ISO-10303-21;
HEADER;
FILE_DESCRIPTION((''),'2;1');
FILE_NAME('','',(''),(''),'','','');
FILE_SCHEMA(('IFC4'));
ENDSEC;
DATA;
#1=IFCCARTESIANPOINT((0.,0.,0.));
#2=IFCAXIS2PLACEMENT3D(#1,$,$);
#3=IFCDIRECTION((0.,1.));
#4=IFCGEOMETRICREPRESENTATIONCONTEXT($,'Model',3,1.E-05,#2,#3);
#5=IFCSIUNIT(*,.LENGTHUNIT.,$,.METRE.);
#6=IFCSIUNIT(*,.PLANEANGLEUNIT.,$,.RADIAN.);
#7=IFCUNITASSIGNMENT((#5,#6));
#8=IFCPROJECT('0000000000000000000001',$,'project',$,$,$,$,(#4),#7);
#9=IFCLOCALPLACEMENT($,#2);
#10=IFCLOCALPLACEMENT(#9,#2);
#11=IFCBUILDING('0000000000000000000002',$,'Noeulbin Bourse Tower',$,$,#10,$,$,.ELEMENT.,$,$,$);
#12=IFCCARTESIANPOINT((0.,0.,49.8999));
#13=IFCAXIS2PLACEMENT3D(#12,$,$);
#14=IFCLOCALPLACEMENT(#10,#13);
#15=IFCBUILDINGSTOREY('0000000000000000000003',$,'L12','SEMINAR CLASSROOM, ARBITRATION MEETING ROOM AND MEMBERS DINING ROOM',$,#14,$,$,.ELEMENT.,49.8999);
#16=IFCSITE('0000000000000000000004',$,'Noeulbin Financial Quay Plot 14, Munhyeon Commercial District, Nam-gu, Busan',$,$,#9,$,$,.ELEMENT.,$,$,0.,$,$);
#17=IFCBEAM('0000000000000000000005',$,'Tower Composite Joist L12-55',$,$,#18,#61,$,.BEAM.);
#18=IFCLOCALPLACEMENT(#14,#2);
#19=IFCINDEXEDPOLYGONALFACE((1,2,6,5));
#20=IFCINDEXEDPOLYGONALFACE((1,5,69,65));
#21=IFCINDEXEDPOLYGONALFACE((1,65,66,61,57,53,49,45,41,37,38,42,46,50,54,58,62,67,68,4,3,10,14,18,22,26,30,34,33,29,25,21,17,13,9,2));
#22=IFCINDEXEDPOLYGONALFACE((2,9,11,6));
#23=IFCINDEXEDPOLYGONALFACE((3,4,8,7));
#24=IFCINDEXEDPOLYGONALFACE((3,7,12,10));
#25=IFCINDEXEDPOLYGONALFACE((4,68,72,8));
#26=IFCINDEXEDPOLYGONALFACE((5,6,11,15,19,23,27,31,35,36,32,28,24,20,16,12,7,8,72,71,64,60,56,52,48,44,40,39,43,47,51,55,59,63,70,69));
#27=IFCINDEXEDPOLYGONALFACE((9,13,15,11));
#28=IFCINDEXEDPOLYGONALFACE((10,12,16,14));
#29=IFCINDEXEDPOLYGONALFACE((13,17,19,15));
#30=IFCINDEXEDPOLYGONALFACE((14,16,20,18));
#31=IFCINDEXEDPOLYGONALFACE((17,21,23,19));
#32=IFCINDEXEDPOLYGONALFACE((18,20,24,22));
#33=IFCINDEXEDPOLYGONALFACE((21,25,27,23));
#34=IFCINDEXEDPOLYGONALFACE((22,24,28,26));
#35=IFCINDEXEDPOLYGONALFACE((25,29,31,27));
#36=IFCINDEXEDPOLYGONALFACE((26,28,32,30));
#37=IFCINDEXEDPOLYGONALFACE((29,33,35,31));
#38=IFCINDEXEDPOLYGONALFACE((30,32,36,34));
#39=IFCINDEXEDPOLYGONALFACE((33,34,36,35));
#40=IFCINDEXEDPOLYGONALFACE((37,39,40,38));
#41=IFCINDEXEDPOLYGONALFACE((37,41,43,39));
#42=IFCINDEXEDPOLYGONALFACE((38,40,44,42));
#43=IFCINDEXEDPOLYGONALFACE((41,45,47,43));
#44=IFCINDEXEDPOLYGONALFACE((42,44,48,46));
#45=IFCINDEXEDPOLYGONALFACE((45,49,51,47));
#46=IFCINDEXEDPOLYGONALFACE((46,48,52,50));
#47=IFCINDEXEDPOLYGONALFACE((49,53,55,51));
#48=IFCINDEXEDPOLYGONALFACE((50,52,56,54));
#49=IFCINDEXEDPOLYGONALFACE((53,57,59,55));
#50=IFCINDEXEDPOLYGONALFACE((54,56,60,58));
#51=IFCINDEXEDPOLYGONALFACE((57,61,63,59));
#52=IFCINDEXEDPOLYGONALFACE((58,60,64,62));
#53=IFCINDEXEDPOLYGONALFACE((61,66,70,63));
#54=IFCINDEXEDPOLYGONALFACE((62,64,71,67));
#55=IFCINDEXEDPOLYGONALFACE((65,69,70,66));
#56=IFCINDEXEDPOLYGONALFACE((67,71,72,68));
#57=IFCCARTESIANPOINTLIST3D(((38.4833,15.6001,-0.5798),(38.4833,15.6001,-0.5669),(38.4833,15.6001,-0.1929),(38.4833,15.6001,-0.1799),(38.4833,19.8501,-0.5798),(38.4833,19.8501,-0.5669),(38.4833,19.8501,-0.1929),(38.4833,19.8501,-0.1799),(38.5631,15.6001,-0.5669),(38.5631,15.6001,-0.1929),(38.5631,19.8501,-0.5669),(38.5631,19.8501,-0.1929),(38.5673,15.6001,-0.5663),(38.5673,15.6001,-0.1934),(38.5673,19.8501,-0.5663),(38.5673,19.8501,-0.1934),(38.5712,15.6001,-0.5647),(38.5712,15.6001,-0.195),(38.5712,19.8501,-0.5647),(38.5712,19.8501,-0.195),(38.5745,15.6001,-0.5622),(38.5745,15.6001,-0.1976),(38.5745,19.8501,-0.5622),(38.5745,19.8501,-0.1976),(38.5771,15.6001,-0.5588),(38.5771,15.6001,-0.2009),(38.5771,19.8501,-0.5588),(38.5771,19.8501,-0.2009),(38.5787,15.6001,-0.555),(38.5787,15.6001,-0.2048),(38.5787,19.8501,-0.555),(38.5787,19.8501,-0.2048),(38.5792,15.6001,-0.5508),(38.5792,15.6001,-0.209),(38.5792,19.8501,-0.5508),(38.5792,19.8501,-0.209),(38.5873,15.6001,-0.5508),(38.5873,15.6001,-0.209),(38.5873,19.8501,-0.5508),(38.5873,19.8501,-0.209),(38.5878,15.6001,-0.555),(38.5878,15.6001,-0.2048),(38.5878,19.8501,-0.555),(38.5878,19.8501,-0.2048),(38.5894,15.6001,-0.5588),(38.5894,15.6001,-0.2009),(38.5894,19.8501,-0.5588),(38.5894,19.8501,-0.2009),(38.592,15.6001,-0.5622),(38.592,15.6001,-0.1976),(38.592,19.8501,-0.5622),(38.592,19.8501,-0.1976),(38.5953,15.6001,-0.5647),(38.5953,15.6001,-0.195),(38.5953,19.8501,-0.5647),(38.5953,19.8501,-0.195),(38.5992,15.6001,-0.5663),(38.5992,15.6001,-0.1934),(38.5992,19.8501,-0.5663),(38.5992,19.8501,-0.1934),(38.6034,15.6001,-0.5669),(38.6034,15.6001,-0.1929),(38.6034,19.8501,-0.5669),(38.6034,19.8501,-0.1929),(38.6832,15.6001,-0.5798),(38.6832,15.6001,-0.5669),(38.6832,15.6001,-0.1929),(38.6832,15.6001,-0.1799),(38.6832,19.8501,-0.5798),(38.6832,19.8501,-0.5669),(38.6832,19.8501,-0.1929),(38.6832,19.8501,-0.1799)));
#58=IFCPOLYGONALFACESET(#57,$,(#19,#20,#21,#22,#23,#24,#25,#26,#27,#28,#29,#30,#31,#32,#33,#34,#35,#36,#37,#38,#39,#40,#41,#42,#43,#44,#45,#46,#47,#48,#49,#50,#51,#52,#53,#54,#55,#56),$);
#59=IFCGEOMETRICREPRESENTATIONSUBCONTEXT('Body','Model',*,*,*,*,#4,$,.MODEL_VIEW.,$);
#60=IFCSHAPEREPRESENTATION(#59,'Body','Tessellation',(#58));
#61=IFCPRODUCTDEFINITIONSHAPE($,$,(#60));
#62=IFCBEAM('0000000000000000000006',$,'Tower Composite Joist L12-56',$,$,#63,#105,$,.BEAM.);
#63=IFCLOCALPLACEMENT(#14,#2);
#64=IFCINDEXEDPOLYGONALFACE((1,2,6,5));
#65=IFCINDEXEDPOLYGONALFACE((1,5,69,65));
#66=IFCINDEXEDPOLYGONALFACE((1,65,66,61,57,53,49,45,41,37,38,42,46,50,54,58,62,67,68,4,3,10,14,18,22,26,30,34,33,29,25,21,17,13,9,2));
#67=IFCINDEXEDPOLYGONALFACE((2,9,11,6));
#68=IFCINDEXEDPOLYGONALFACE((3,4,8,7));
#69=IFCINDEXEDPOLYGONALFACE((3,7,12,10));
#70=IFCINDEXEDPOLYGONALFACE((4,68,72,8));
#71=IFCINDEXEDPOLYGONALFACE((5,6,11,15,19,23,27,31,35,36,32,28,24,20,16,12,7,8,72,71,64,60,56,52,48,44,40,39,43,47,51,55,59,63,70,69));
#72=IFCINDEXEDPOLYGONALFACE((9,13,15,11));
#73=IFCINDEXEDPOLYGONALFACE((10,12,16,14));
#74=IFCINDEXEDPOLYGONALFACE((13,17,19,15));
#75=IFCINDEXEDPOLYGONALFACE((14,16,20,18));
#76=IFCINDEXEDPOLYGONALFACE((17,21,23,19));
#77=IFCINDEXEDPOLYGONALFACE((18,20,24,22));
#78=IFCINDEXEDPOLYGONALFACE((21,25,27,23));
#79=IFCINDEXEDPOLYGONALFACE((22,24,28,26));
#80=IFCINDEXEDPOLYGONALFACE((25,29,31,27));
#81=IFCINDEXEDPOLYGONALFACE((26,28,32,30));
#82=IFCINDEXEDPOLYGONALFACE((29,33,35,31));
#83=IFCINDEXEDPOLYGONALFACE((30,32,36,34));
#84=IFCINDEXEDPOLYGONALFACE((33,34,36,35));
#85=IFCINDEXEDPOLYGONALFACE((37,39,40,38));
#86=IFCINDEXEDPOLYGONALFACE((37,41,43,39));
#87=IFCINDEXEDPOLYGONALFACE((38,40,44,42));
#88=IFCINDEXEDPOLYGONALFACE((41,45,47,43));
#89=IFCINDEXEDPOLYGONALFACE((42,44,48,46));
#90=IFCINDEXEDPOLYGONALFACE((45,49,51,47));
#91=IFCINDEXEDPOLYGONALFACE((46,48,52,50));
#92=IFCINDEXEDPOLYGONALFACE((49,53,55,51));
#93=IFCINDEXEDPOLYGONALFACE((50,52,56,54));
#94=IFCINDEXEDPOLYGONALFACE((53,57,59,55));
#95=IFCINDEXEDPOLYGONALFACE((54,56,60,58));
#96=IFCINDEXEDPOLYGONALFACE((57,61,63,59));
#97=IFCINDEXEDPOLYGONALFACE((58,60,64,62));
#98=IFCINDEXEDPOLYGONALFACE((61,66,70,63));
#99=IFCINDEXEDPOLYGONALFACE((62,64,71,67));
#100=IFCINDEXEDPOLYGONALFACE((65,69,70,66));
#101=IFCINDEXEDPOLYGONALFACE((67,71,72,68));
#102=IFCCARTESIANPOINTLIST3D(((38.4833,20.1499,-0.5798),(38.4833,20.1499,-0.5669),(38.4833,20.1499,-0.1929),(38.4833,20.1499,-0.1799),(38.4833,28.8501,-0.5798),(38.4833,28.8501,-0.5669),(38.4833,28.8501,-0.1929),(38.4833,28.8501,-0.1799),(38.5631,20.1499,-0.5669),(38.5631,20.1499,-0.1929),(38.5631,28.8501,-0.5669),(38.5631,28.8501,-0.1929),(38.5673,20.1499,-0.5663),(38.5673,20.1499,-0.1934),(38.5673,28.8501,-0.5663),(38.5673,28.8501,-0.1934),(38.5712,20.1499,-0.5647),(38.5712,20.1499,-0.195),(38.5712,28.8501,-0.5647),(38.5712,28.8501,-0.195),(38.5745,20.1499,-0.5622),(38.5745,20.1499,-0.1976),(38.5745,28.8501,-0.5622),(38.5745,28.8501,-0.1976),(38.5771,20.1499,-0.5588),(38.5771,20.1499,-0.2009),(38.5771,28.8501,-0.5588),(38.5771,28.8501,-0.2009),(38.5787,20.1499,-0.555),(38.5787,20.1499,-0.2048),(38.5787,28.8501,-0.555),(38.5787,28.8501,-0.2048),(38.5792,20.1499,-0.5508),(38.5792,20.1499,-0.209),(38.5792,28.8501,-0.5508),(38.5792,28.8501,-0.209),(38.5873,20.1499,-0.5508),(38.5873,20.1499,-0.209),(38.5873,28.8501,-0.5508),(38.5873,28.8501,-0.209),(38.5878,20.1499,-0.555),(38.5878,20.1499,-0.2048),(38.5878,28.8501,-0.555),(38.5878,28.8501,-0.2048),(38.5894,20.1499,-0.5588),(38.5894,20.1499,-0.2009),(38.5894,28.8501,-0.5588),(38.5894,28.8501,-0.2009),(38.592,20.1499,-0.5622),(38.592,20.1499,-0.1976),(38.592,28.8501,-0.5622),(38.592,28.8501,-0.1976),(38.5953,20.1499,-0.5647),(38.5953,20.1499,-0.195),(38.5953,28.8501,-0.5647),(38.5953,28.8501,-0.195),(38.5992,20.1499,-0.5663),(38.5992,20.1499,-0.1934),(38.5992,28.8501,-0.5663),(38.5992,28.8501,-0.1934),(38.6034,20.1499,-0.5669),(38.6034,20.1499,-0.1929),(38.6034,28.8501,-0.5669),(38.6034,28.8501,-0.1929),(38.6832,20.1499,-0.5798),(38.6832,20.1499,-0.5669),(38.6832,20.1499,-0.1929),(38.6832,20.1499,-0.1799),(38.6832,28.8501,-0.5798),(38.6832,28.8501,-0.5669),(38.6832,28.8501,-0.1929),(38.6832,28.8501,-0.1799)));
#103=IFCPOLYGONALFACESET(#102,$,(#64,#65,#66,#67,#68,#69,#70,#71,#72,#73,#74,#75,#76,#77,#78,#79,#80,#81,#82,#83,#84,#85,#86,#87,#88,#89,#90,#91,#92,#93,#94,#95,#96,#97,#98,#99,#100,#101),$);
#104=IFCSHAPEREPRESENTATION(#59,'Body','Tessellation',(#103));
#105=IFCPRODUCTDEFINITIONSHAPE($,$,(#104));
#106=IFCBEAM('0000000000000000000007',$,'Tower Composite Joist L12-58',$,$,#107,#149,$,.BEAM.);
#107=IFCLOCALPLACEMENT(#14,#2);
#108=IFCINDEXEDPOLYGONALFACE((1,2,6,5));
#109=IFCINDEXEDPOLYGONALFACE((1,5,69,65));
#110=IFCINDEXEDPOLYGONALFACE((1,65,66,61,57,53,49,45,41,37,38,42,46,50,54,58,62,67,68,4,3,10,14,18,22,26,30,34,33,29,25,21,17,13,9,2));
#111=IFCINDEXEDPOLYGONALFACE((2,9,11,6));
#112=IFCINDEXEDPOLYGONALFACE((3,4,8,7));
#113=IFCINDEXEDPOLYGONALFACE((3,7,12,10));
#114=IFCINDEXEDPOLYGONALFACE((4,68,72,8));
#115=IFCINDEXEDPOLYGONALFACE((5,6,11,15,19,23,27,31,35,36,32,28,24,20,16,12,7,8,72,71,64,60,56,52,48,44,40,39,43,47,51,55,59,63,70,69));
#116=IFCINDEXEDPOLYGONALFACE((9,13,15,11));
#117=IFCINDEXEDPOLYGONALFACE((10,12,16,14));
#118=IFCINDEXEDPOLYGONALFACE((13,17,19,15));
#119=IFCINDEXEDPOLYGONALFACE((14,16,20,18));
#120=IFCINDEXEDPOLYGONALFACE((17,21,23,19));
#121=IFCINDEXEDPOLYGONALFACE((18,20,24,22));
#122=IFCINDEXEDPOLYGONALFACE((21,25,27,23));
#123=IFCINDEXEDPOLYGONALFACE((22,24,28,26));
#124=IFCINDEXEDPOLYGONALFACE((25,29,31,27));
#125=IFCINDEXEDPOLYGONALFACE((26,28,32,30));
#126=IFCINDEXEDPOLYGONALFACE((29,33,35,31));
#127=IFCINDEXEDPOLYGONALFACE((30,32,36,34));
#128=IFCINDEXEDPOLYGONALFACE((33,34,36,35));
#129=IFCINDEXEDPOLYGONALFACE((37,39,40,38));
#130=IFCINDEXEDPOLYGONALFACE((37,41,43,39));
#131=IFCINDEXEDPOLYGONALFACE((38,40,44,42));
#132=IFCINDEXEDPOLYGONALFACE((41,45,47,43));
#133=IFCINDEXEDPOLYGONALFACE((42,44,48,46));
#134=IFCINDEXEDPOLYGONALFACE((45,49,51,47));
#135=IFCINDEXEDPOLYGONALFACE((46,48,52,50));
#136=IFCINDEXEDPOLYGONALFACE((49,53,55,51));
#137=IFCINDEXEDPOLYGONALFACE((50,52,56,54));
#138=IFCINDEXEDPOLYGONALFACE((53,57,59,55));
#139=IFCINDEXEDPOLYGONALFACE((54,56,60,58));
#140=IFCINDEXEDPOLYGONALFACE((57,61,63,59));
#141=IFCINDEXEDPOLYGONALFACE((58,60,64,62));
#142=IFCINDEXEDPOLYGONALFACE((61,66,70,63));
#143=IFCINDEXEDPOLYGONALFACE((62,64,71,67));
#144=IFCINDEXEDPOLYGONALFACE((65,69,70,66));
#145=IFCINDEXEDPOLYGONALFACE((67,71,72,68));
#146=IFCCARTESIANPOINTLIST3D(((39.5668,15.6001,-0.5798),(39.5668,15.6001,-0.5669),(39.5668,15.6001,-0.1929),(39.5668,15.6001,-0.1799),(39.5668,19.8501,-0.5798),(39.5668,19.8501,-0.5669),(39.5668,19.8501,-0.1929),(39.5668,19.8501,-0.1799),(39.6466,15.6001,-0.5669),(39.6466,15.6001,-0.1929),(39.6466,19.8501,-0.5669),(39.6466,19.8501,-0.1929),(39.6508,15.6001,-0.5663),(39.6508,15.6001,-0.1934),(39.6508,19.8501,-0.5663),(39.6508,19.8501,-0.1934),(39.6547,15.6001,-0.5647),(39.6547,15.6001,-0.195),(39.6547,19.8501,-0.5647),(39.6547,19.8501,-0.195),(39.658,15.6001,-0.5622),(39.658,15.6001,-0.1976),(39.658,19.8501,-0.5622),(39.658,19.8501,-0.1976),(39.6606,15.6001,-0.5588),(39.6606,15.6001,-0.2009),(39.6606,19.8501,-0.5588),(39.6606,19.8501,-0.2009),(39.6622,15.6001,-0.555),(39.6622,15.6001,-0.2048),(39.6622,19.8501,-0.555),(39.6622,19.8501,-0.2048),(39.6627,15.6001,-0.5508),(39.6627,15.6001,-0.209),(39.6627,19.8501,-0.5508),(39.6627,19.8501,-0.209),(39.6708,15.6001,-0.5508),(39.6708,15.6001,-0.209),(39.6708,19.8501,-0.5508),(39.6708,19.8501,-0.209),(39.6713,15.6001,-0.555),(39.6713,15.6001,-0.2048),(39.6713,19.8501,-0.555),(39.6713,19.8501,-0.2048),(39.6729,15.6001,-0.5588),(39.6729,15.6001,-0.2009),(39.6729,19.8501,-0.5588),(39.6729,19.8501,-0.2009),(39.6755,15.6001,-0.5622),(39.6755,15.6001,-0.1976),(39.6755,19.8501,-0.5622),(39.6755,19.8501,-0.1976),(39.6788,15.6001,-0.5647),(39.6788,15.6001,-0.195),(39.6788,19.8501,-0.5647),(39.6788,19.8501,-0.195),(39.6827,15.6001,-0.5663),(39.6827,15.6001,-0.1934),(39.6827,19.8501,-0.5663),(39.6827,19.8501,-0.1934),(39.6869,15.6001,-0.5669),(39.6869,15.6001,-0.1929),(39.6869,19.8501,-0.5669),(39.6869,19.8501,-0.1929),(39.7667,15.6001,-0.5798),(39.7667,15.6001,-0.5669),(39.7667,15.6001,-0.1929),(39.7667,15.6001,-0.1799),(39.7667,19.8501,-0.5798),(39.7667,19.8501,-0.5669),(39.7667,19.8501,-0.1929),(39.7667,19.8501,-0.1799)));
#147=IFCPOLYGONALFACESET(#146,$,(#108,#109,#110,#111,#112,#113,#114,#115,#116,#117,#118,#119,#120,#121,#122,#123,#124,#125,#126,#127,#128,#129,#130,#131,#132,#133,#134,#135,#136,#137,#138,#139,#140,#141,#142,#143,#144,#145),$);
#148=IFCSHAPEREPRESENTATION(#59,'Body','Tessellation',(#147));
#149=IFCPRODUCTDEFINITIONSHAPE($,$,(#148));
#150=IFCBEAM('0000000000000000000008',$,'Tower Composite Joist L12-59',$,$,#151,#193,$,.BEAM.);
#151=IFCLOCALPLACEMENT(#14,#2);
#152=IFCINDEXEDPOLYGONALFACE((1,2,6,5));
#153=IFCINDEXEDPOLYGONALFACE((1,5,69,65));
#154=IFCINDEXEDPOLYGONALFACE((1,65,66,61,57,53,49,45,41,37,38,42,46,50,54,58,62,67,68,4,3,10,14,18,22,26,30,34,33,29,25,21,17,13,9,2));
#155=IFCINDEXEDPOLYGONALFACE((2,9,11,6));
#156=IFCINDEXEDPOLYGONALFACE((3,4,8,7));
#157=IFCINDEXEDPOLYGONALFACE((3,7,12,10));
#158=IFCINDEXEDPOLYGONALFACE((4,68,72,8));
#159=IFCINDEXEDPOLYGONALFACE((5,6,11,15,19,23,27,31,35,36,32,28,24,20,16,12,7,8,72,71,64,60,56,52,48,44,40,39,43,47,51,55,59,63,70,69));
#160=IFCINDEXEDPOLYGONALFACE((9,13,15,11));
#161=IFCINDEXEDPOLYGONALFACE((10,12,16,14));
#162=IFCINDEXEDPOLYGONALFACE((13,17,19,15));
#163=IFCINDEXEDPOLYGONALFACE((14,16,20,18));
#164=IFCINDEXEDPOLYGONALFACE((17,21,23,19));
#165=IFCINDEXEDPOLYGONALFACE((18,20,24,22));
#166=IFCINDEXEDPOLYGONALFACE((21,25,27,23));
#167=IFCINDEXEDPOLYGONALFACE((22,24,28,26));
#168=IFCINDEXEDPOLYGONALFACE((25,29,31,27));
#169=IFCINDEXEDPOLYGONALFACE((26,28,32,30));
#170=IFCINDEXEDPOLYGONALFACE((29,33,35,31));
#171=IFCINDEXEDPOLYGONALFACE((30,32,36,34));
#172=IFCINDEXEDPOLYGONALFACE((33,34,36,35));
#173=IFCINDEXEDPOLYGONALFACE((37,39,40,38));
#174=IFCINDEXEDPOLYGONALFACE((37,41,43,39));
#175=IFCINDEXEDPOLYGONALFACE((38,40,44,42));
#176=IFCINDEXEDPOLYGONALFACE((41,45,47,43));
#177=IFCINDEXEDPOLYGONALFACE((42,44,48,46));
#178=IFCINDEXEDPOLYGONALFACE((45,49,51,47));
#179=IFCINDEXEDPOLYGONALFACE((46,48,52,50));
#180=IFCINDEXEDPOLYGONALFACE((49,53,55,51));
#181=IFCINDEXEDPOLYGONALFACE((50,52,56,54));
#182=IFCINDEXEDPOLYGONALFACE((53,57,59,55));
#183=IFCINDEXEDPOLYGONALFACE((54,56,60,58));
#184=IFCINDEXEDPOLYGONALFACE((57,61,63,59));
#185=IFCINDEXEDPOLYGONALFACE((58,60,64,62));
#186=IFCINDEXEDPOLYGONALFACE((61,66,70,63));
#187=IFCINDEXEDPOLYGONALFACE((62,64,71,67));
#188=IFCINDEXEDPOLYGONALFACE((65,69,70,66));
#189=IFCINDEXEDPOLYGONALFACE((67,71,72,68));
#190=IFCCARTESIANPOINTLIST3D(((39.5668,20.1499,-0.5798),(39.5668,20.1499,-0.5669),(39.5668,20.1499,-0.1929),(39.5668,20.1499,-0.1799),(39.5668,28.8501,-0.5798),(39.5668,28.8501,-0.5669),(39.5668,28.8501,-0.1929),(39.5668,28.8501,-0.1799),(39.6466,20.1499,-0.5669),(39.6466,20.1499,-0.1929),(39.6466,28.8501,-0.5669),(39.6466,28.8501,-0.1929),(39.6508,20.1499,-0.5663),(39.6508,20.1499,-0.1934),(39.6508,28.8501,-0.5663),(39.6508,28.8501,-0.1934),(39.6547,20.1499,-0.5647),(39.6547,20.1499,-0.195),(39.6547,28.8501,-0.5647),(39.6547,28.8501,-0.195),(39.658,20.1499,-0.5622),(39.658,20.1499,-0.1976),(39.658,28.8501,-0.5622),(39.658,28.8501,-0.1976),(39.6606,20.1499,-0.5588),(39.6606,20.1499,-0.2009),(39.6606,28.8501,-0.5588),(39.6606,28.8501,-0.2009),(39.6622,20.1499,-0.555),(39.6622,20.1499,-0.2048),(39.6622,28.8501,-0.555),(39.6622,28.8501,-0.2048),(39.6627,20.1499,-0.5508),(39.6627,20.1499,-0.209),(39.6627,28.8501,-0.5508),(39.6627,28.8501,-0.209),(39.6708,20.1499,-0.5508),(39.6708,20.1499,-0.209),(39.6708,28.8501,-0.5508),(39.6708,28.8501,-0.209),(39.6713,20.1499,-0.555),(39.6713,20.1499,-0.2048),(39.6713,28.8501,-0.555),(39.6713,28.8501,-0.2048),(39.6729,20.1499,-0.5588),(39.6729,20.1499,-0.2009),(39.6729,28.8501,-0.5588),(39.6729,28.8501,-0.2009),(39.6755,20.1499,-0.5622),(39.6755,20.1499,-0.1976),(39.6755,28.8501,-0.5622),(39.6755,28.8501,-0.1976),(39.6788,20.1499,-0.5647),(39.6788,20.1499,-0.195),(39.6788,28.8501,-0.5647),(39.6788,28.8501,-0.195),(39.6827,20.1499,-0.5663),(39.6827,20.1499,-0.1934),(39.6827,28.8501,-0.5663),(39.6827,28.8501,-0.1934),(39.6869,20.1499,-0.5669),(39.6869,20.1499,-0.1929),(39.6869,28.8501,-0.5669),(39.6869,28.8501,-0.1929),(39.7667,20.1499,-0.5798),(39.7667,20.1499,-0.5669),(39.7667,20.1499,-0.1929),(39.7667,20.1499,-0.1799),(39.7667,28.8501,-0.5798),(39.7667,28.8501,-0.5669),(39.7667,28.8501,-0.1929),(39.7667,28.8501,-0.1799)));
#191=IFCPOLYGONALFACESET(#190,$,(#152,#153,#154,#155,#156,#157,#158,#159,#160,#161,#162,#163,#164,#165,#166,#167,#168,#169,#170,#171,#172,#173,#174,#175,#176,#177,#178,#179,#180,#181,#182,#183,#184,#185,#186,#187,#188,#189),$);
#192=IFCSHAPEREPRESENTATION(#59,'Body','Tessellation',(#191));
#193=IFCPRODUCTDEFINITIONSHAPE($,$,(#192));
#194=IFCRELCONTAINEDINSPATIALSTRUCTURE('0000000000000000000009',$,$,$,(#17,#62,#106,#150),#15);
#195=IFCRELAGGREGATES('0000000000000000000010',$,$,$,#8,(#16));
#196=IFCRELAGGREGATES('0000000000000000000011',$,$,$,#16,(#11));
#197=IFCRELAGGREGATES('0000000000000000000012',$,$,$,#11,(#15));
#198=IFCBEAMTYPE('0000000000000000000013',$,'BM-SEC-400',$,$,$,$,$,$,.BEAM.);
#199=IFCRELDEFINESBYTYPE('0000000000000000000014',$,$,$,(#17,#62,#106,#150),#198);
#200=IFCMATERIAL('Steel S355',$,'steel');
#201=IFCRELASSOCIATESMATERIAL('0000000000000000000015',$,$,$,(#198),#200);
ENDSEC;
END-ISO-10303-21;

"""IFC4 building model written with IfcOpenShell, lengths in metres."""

from ifc_helpers import new_model, si_unit, direction, frame, origin, origin_2d, place, context, subcontext, project, spatial, i_section, extrude, material, material_profile, profile_set, type_object, element, save


model = new_model("IFC4")

# Units and contexts
model_context = context("Model", 3, precision=1e-05, world=origin(), true_north=direction((0.0, 1.0)))
body_context = subcontext(model_context, "Body", "Model", "MODEL_VIEW")
ifc_project = project(units=[si_unit("LENGTHUNIT", "METRE"), si_unit("PLANEANGLEUNIT", "RADIAN")], contexts=[model_context])

# Site, building, storey
site_placement = place(None, origin())
site = spatial("IfcSite", under=ifc_project, at=site_placement, Name="Noeulbin Financial Quay Plot 14, Munhyeon Commercial District, Nam-gu, Busan", CompositionType="ELEMENT", RefElevation=0.0)
building_placement = place(site_placement, origin())
building = spatial("IfcBuilding", under=site, at=building_placement, Name="Noeulbin Bourse Tower", CompositionType="ELEMENT")
storey_placement = place(building_placement, frame((0.0, 0.0, 49.8999)))
storey = spatial("IfcBuildingStorey", under=building, at=storey_placement, Name="L12", Description="SEMINAR CLASSROOM, ARBITRATION MEETING ROOM AND MEMBERS DINING ROOM", CompositionType="ELEMENT", Elevation=49.8999)

# Beams
ifc_material_1 = material(Name="Steel S355", Category="steel")
ifc_material_profile_1 = material_profile(ifc_material_1, i_section(OverallWidth=0.2, OverallDepth=0.3999, WebThickness=0.0081, FlangeThickness=0.0129, FilletRadius=0.0161, at=origin_2d()), Name="H-400x200x8x13", Category="LoadBearing")
ifc_profile_set_1 = profile_set([ifc_material_profile_1], Name="Steel S355")
beam_type_1 = type_object("IfcBeamType", Name="BM-SEC-400", PredefinedType="BEAM", material=ifc_profile_set_1)
beam_1_placement = place(storey_placement, frame((38.5833, 15.6001, -0.3799), z_axis=(0.0, 1.0, 0.0), x_axis=(-1.0, 0.0, 0.0)))
element("IfcBeam", 1, at=beam_1_placement, inside=storey, type_object=beam_type_1, Name="Tower Composite Joist L12-55", PredefinedType="BEAM", context=body_context, shape_type="SweptSolid", body=[
    extrude(i_section(OverallWidth=0.2, OverallDepth=0.3999, WebThickness=0.0081, FlangeThickness=0.0129, FilletRadius=0.0161, at=origin_2d()), origin(), (0.0, 0.0, 1.0), 4.25),
])
beam_2_placement = place(storey_placement, frame((38.5833, 20.1499, -0.3799), z_axis=(0.0, 1.0, 0.0), x_axis=(-1.0, 0.0, 0.0)))
element("IfcBeam", 2, at=beam_2_placement, inside=storey, type_object=beam_type_1, Name="Tower Composite Joist L12-56", PredefinedType="BEAM", context=body_context, shape_type="SweptSolid", body=[
    extrude(i_section(OverallWidth=0.2, OverallDepth=0.3999, WebThickness=0.0081, FlangeThickness=0.0129, FilletRadius=0.0161, at=origin_2d()), origin(), (0.0, 0.0, 1.0), 8.7002),
])
beam_3_placement = place(storey_placement, frame((39.6667, 15.6001, -0.3799), z_axis=(0.0, 1.0, 0.0), x_axis=(-1.0, 0.0, 0.0)))
element("IfcBeam", 3, at=beam_3_placement, inside=storey, type_object=beam_type_1, Name="Tower Composite Joist L12-58", PredefinedType="BEAM", context=body_context, shape_type="SweptSolid", body=[
    extrude(i_section(OverallWidth=0.2, OverallDepth=0.3999, WebThickness=0.0081, FlangeThickness=0.0129, FilletRadius=0.0161, at=origin_2d()), origin(), (0.0, 0.0, 1.0), 4.25),
])
beam_4_placement = place(storey_placement, frame((39.6667, 20.1499, -0.3799), z_axis=(0.0, 1.0, 0.0), x_axis=(-1.0, 0.0, 0.0)))
element("IfcBeam", 4, at=beam_4_placement, inside=storey, type_object=beam_type_1, Name="Tower Composite Joist L12-59", PredefinedType="BEAM", context=body_context, shape_type="SweptSolid", body=[
    extrude(i_section(OverallWidth=0.2, OverallDepth=0.3999, WebThickness=0.0081, FlangeThickness=0.0129, FilletRadius=0.0161, at=origin_2d()), origin(), (0.0, 0.0, 1.0), 8.7002),
])

save(model, "model.ifc")
